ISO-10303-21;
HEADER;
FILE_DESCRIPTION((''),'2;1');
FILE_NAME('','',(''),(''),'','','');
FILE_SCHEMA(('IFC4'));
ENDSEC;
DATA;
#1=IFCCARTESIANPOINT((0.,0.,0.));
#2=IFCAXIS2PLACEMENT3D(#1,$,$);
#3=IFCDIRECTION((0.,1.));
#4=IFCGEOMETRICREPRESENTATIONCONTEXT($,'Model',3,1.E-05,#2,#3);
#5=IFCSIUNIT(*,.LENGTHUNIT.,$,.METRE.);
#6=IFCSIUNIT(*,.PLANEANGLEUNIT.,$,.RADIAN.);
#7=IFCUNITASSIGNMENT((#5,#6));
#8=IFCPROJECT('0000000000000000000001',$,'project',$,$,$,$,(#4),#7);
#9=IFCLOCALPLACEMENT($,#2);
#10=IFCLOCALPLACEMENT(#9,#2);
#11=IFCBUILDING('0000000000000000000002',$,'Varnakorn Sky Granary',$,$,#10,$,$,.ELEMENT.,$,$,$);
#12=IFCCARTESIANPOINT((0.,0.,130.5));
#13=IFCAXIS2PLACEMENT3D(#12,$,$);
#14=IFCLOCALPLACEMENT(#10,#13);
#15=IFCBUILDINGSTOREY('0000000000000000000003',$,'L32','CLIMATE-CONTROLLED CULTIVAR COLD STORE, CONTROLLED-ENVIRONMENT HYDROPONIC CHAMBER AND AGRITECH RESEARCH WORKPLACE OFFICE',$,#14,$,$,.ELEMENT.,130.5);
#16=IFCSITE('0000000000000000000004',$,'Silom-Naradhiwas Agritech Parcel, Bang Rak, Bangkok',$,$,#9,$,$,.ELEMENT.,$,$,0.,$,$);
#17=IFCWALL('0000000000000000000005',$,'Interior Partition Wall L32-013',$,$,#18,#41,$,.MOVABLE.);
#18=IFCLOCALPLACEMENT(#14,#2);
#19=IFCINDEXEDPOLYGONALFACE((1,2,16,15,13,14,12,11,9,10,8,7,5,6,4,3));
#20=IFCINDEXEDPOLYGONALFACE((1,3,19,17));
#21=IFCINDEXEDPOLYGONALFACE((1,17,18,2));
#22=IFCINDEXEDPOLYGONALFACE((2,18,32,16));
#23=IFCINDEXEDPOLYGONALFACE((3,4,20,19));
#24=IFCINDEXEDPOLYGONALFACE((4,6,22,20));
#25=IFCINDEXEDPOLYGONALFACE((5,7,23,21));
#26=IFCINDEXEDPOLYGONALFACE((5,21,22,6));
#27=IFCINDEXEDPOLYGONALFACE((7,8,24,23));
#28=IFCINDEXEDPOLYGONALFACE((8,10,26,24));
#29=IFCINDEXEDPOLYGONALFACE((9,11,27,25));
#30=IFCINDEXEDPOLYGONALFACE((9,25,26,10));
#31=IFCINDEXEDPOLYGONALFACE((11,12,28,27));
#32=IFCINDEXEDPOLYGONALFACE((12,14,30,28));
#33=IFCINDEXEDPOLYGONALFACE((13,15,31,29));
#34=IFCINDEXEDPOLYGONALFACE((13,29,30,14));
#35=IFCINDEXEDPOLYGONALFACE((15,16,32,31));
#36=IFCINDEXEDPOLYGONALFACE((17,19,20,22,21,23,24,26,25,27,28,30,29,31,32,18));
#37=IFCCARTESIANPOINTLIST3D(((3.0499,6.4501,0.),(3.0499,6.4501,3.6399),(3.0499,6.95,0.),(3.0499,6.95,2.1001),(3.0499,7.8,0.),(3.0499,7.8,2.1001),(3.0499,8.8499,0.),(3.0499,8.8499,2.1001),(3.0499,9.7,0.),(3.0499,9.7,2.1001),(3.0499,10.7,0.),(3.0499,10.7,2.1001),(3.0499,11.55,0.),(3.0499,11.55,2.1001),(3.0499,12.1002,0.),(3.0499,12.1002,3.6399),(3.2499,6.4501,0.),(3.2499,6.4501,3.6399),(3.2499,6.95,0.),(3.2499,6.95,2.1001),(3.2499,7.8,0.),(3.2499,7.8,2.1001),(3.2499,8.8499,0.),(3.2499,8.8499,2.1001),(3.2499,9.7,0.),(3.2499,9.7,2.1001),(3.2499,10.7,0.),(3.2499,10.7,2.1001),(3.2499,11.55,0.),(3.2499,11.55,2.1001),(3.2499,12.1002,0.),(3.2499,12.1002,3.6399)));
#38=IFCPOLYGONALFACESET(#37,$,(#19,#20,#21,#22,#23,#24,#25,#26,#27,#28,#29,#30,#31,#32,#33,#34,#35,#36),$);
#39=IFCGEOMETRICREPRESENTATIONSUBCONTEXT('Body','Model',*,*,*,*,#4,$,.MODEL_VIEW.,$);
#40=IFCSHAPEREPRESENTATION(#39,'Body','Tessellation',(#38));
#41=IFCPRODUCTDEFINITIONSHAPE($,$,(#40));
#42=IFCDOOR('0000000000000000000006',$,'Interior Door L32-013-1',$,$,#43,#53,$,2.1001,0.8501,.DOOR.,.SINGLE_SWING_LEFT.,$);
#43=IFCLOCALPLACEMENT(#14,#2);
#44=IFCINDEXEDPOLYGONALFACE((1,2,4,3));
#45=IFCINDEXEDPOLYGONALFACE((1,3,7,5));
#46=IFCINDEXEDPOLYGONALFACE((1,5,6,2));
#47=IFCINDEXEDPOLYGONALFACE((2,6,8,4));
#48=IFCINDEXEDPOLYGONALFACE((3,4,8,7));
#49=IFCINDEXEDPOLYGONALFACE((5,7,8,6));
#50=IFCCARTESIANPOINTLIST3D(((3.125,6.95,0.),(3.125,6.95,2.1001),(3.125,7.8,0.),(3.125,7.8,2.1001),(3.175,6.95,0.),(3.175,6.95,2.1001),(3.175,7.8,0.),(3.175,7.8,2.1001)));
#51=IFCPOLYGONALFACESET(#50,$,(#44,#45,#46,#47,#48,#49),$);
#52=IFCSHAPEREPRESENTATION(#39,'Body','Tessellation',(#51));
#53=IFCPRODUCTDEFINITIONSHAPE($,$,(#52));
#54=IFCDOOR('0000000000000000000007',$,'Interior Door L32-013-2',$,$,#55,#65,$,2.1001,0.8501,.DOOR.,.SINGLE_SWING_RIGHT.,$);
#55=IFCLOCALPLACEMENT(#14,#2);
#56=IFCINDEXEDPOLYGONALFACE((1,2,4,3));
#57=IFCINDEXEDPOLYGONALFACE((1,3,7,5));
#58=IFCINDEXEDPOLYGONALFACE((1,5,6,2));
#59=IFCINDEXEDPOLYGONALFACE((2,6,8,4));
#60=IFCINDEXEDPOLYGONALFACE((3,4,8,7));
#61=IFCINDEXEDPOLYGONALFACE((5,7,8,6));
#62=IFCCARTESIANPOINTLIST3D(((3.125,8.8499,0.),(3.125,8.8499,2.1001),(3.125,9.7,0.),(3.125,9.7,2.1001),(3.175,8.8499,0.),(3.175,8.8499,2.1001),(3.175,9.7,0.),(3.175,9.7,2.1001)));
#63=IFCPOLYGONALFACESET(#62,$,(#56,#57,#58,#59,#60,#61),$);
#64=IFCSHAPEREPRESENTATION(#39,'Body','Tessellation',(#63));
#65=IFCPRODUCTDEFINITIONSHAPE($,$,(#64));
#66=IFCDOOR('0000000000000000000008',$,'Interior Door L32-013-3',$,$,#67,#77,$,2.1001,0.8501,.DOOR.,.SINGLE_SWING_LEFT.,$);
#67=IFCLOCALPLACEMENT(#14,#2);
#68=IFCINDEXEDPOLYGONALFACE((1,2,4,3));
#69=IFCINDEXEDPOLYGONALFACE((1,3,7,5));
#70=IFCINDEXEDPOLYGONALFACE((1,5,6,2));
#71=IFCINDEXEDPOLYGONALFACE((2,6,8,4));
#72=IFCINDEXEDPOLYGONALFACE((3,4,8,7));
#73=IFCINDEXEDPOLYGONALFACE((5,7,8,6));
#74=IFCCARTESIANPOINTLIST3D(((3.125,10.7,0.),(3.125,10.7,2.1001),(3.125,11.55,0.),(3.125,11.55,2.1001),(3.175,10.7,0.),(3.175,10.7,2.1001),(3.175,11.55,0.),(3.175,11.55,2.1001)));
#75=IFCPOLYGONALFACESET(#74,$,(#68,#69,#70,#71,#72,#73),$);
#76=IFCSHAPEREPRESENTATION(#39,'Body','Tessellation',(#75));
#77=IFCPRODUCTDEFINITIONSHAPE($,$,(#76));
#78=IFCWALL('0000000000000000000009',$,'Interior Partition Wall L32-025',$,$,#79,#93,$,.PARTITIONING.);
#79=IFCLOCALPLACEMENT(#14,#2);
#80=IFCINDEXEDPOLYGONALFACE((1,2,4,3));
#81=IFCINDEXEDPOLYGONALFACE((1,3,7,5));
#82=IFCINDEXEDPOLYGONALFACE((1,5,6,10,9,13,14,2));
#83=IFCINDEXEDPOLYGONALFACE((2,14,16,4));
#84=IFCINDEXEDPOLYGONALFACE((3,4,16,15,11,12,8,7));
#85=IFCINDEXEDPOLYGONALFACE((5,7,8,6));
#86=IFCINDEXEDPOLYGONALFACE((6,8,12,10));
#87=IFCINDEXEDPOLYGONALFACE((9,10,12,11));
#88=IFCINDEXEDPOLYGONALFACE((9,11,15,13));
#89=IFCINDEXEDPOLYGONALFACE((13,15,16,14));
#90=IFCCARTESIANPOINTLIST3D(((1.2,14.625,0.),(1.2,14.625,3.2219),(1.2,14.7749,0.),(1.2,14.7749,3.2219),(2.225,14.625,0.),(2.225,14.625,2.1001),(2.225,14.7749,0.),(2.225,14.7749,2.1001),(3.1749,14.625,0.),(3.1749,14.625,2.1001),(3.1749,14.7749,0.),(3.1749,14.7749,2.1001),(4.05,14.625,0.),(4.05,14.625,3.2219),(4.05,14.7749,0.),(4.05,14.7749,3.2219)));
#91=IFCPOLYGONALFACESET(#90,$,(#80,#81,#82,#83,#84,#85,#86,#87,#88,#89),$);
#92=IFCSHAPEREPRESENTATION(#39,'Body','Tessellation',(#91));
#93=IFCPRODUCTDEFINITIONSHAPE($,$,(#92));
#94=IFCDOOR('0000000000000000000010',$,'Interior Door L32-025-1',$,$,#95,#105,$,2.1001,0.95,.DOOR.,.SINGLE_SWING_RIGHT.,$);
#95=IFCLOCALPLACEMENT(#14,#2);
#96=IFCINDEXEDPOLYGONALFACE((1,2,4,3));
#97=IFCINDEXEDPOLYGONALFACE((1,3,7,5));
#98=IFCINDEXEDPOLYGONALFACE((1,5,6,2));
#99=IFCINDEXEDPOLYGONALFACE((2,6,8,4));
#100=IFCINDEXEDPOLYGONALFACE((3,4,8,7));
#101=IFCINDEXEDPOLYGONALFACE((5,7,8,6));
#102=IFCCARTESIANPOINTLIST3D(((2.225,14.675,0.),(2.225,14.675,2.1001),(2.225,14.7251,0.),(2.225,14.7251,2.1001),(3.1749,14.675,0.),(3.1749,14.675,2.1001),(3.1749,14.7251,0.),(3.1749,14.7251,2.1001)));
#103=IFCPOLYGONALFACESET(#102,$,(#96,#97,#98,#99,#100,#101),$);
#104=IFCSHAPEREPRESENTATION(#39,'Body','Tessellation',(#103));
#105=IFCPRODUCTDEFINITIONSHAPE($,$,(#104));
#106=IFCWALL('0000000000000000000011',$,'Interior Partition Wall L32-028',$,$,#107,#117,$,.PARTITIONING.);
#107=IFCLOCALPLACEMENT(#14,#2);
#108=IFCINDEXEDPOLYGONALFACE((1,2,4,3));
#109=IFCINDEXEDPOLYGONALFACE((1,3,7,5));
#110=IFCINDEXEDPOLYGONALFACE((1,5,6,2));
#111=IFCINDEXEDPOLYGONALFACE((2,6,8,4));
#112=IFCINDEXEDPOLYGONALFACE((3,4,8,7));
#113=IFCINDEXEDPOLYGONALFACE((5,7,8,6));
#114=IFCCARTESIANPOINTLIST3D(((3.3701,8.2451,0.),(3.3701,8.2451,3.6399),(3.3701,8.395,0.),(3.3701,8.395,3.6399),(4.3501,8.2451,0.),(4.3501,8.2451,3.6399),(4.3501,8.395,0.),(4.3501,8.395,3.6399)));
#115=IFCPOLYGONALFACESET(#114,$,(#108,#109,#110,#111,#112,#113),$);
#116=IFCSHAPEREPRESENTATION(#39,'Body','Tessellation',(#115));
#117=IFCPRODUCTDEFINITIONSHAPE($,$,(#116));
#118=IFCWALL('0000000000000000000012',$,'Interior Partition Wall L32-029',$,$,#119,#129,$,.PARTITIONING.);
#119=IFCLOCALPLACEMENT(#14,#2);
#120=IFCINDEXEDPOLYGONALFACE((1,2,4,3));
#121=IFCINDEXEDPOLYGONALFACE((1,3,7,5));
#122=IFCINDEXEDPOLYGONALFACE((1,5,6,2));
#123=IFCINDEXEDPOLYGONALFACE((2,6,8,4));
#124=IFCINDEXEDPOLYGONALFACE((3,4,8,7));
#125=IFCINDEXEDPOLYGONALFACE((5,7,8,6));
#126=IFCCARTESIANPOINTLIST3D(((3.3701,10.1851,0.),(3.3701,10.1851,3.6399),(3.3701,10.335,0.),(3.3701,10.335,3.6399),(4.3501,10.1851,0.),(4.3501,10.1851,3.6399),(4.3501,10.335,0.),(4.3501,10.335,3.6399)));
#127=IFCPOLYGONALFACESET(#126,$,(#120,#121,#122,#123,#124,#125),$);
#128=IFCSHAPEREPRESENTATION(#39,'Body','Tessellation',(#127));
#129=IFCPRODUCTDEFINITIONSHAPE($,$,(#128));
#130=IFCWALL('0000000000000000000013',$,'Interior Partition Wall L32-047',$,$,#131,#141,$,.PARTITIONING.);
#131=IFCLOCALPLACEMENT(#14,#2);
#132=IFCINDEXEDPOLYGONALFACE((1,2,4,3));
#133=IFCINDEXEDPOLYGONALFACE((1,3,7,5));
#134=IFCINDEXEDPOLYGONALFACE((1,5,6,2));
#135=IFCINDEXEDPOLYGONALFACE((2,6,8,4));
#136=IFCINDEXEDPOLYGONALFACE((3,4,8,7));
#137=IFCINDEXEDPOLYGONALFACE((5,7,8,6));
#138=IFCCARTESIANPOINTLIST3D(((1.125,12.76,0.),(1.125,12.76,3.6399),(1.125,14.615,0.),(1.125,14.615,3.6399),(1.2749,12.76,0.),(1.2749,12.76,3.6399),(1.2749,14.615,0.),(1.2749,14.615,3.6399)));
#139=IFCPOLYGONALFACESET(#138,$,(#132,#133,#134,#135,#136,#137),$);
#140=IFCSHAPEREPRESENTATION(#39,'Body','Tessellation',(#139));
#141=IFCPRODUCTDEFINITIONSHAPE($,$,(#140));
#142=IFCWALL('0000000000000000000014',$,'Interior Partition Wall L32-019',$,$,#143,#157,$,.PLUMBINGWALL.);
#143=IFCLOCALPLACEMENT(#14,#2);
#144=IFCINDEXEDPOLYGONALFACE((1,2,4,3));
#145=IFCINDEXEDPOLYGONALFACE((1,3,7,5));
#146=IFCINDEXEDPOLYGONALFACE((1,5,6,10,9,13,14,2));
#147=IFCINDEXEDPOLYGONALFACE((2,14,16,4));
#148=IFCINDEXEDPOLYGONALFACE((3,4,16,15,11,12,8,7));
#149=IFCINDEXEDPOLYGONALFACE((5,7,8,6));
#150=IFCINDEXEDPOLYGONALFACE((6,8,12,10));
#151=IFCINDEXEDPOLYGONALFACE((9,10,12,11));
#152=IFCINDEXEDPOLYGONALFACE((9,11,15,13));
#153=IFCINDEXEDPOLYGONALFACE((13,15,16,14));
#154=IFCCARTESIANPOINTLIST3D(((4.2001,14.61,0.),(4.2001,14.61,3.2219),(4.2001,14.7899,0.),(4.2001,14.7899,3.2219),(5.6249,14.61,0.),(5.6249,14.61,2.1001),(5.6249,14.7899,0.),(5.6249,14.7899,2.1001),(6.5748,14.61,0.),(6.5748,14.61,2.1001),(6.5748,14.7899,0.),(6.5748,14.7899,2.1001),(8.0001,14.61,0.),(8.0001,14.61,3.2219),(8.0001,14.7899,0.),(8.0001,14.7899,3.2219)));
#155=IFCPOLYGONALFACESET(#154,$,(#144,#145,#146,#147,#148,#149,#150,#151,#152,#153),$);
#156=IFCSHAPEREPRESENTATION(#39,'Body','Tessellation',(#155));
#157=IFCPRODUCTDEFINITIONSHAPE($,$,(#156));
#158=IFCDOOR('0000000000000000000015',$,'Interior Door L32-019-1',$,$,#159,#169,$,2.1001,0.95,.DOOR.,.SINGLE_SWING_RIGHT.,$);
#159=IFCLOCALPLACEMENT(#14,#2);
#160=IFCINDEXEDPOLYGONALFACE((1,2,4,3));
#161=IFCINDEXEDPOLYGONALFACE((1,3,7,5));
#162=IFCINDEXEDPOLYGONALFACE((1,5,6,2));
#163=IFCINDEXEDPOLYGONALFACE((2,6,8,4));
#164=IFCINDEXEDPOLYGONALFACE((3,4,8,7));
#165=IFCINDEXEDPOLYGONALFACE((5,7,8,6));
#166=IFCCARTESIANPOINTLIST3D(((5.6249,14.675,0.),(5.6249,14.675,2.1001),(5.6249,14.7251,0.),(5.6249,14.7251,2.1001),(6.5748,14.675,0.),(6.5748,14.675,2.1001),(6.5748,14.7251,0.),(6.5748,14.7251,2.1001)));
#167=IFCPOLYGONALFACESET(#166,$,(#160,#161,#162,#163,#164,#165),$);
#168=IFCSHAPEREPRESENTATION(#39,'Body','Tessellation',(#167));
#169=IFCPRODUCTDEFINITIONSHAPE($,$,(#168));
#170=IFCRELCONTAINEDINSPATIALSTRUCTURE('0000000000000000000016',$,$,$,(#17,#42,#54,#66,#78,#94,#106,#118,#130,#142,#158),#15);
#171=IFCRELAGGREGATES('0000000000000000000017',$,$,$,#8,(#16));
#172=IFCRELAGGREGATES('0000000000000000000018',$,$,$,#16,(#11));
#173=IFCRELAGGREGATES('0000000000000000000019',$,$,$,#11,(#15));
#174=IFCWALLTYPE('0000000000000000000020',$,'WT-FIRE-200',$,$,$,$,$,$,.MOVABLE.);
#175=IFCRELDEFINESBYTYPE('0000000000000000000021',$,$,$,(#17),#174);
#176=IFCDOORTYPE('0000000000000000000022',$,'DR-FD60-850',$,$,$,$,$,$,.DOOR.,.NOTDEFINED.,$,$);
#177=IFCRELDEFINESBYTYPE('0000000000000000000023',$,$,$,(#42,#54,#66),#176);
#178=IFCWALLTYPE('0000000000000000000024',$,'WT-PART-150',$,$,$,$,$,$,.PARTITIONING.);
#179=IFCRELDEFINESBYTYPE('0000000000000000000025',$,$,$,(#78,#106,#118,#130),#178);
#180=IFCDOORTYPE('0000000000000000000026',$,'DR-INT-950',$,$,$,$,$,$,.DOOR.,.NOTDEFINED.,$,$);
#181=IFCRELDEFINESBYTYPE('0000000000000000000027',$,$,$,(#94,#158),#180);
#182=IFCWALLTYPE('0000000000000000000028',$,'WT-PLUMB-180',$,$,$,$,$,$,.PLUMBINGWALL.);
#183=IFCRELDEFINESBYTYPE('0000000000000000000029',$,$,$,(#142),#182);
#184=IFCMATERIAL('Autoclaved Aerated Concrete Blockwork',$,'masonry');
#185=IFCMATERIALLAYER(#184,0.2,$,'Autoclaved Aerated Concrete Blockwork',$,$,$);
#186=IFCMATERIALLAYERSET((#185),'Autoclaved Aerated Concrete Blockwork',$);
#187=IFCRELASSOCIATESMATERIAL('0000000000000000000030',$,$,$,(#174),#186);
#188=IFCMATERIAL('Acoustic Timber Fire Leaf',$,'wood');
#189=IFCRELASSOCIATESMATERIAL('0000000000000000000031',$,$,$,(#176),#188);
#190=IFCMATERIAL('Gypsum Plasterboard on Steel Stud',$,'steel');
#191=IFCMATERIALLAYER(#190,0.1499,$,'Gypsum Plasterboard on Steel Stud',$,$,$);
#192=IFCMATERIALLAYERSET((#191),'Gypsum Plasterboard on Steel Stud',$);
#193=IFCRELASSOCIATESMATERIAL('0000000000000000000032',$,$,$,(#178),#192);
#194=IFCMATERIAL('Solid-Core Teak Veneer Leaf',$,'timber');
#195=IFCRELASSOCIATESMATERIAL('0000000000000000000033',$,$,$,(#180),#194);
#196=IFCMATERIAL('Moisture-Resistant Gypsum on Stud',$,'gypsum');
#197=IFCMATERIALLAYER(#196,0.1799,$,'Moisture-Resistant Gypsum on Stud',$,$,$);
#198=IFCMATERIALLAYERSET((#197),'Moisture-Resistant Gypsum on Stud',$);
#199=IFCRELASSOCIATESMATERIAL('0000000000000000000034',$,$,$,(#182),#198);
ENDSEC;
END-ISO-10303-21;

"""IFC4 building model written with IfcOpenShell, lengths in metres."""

from ifc_helpers import new_model, si_unit, direction, frame, frame_2d, origin, place, context, subcontext, project, spatial, rectangle, extrude, material, layer, layer_set, type_object, element, fill, save


model = new_model("IFC4")

# Units and contexts
model_context = context("Model", 3, precision=1e-05, world=origin(), true_north=direction((0.0, 1.0)))
body_context = subcontext(model_context, "Body", "Model", "MODEL_VIEW")
ifc_project = project(units=[si_unit("LENGTHUNIT", "METRE"), si_unit("PLANEANGLEUNIT", "RADIAN")], contexts=[model_context])

# Site, building, storey
site_placement = place(None, origin())
site = spatial("IfcSite", under=ifc_project, at=site_placement, Name="Silom-Naradhiwas Agritech Parcel, Bang Rak, Bangkok", CompositionType="ELEMENT", RefElevation=0.0)
building_placement = place(site_placement, origin())
building = spatial("IfcBuilding", under=site, at=building_placement, Name="Varnakorn Sky Granary", CompositionType="ELEMENT")
storey_placement = place(building_placement, frame((0.0, 0.0, 130.5)))
storey = spatial("IfcBuildingStorey", under=building, at=storey_placement, Name="L32", Description="CLIMATE-CONTROLLED CULTIVAR COLD STORE, CONTROLLED-ENVIRONMENT HYDROPONIC CHAMBER AND AGRITECH RESEARCH WORKPLACE OFFICE", CompositionType="ELEMENT", Elevation=130.5)

# Wall, openings, doors
ifc_material_1 = material(Name="Autoclaved Aerated Concrete Blockwork", Category="masonry")
ifc_layer_1 = layer(ifc_material_1, 0.2, Name="Autoclaved Aerated Concrete Blockwork")
ifc_layer_set_1 = layer_set([ifc_layer_1], Name="Autoclaved Aerated Concrete Blockwork")
wall_type_1 = type_object("IfcWallType", Name="WT-FIRE-200", PredefinedType="MOVABLE", material=ifc_layer_set_1)
wall_1_placement = place(storey_placement, frame((3.1499, 6.45, 0.0), z_axis=(0.0, 0.0, 1.0), x_axis=(0.0, 1.0, 0.0)))
wall_1 = element("IfcWall", 1, at=wall_1_placement, inside=storey, type_object=wall_type_1, Name="Interior Partition Wall L32-013", PredefinedType="MOVABLE", context=body_context, shape_type="SweptSolid", body=[
    extrude(rectangle(XDim=5.6501, YDim=0.2, at=frame_2d((2.8252, 0.0))), origin(), (0.0, 0.0, 1.0), 3.6399),
])
opening_1_placement = place(wall_1_placement, frame((0.5, 0.0, 0.0)))
opening_1 = element("IfcOpeningElement", 2, at=opening_1_placement, cuts=wall_1, PredefinedType="OPENING", context=body_context, shape_type="SweptSolid", body=[
    extrude(rectangle(XDim=0.8501, YDim=2.1001, at=frame_2d((0.425, 1.05))), frame((0.0, 0.1099, 0.0), z_axis=(0.0, -1.0, 0.0), x_axis=(1.0, 0.0, 0.0)), (0.0, 0.0, 1.0), 0.22),
])
opening_2_placement = place(wall_1_placement, frame((2.3999, 0.0, 0.0)))
opening_2 = element("IfcOpeningElement", 3, at=opening_2_placement, cuts=wall_1, PredefinedType="OPENING", context=body_context, shape_type="SweptSolid", body=[
    extrude(rectangle(XDim=0.8501, YDim=2.1001, at=frame_2d((0.425, 1.05))), frame((0.0, 0.1099, 0.0), z_axis=(0.0, -1.0, 0.0), x_axis=(1.0, 0.0, 0.0)), (0.0, 0.0, 1.0), 0.22),
])
opening_3_placement = place(wall_1_placement, frame((4.25, 0.0, 0.0)))
opening_3 = element("IfcOpeningElement", 4, at=opening_3_placement, cuts=wall_1, PredefinedType="OPENING", context=body_context, shape_type="SweptSolid", body=[
    extrude(rectangle(XDim=0.8501, YDim=2.1001, at=frame_2d((0.425, 1.05))), frame((0.0, 0.1099, 0.0), z_axis=(0.0, -1.0, 0.0), x_axis=(1.0, 0.0, 0.0)), (0.0, 0.0, 1.0), 0.22),
])
ifc_material_2 = material(Name="Acoustic Timber Fire Leaf", Category="wood")
door_type_1 = type_object("IfcDoorType", Name="DR-FD60-850", OperationType="NOTDEFINED", PredefinedType="DOOR", material=ifc_material_2)
door_1_placement = place(opening_1_placement, origin())
door_1 = element("IfcDoor", 5, at=door_1_placement, inside=storey, type_object=door_type_1, Name="Interior Door L32-013-1", OperationType="SINGLE_SWING_LEFT", OverallHeight=2.1001, OverallWidth=0.8501, PredefinedType="DOOR", context=body_context, shape_type="SweptSolid", body=[
    extrude(rectangle(XDim=0.8501, YDim=2.1001, at=frame_2d((0.425, 1.05))), frame((0.0, 0.0249, 0.0), z_axis=(0.0, -1.0, 0.0), x_axis=(1.0, 0.0, 0.0)), (0.0, 0.0, 1.0), 0.05),
])
fill(opening_1, door_1)
door_2_placement = place(opening_2_placement, origin())
door_2 = element("IfcDoor", 6, at=door_2_placement, inside=storey, type_object=door_type_1, Name="Interior Door L32-013-2", OperationType="SINGLE_SWING_RIGHT", OverallHeight=2.1001, OverallWidth=0.8501, PredefinedType="DOOR", context=body_context, shape_type="SweptSolid", body=[
    extrude(rectangle(XDim=0.8501, YDim=2.1001, at=frame_2d((0.425, 1.05))), frame((0.0, 0.0249, 0.0), z_axis=(0.0, -1.0, 0.0), x_axis=(1.0, 0.0, 0.0)), (0.0, 0.0, 1.0), 0.05),
])
fill(opening_2, door_2)
door_3_placement = place(opening_3_placement, origin())
door_3 = element("IfcDoor", 7, at=door_3_placement, inside=storey, type_object=door_type_1, Name="Interior Door L32-013-3", OperationType="SINGLE_SWING_LEFT", OverallHeight=2.1001, OverallWidth=0.8501, PredefinedType="DOOR", context=body_context, shape_type="SweptSolid", body=[
    extrude(rectangle(XDim=0.8501, YDim=2.1001, at=frame_2d((0.425, 1.05))), frame((0.0, 0.0249, 0.0), z_axis=(0.0, -1.0, 0.0), x_axis=(1.0, 0.0, 0.0)), (0.0, 0.0, 1.0), 0.05),
])
fill(opening_3, door_3)

# Wall, opening, door
ifc_material_3 = material(Name="Gypsum Plasterboard on Steel Stud", Category="steel")
ifc_layer_2 = layer(ifc_material_3, 0.1499, Name="Gypsum Plasterboard on Steel Stud")
ifc_layer_set_2 = layer_set([ifc_layer_2], Name="Gypsum Plasterboard on Steel Stud")
wall_type_2 = type_object("IfcWallType", Name="WT-PART-150", PredefinedType="PARTITIONING", material=ifc_layer_set_2)
wall_2_placement = place(storey_placement, frame((4.05, 14.7, 0.0), z_axis=(0.0, 0.0, 1.0), x_axis=(-1.0, 0.0, 0.0)))
wall_2 = element("IfcWall", 8, at=wall_2_placement, inside=storey, type_object=wall_type_2, Name="Interior Partition Wall L32-025", PredefinedType="PARTITIONING", context=body_context, shape_type="SweptSolid", body=[
    extrude(rectangle(XDim=2.8501, YDim=0.1499, at=frame_2d((1.425, 0.0))), origin(), (0.0, 0.0, 1.0), 3.2219),
])
opening_4_placement = place(wall_2_placement, frame((0.875, 0.0, 0.0)))
opening_4 = element("IfcOpeningElement", 9, at=opening_4_placement, cuts=wall_2, PredefinedType="OPENING", context=body_context, shape_type="SweptSolid", body=[
    extrude(rectangle(XDim=0.95, YDim=2.1001, at=frame_2d((0.4751, 1.05))), frame((0.0, 0.085, 0.0), z_axis=(0.0, -1.0, 0.0), x_axis=(1.0, 0.0, 0.0)), (0.0, 0.0, 1.0), 0.1699),
])
ifc_material_4 = material(Name="Solid-Core Teak Veneer Leaf", Category="timber")
door_type_2 = type_object("IfcDoorType", Name="DR-INT-950", OperationType="NOTDEFINED", PredefinedType="DOOR", material=ifc_material_4)
door_4_placement = place(opening_4_placement, origin())
door_4 = element("IfcDoor", 10, at=door_4_placement, inside=storey, type_object=door_type_2, Name="Interior Door L32-025-1", OperationType="SINGLE_SWING_RIGHT", OverallHeight=2.1001, OverallWidth=0.95, PredefinedType="DOOR", context=body_context, shape_type="SweptSolid", body=[
    extrude(rectangle(XDim=0.95, YDim=2.1001, at=frame_2d((0.4751, 1.05))), frame((0.0, 0.0249, 0.0), z_axis=(0.0, -1.0, 0.0), x_axis=(1.0, 0.0, 0.0)), (0.0, 0.0, 1.0), 0.05),
])
fill(opening_4, door_4)

# Walls
for number, where, z_axis, x_axis, name in (
    (11, (3.3701, 8.3201, 0.0), (0.0, 0.0, 1.0), (1.0, 0.0, 0.0), "Interior Partition Wall L32-028"),
    (12, (3.3701, 10.26, 0.0), (0.0, 0.0, 1.0), (1.0, 0.0, 0.0), "Interior Partition Wall L32-029"),
):
    element("IfcWall", number, at=place(storey_placement, frame(where, z_axis=z_axis, x_axis=x_axis)), inside=storey, type_object=wall_type_2, Name=name, PredefinedType="PARTITIONING", context=body_context, shape_type="SweptSolid", body=[
        extrude(rectangle(XDim=0.98, YDim=0.1499, at=frame_2d((0.49, 0.0))), origin(), (0.0, 0.0, 1.0), 3.6399),
    ])
wall_3_placement = place(storey_placement, frame((1.2, 14.615, 0.0), z_axis=(0.0, 0.0, 1.0), x_axis=(0.0, -1.0, 0.0)))
element("IfcWall", 13, at=wall_3_placement, inside=storey, type_object=wall_type_2, Name="Interior Partition Wall L32-047", PredefinedType="PARTITIONING", context=body_context, shape_type="SweptSolid", body=[
    extrude(rectangle(XDim=1.855, YDim=0.1499, at=frame_2d((0.9275, 0.0))), origin(), (0.0, 0.0, 1.0), 3.6399),
])

# Wall, opening, door
ifc_material_5 = material(Name="Moisture-Resistant Gypsum on Stud", Category="gypsum")
ifc_layer_3 = layer(ifc_material_5, 0.1799, Name="Moisture-Resistant Gypsum on Stud")
ifc_layer_set_3 = layer_set([ifc_layer_3], Name="Moisture-Resistant Gypsum on Stud")
wall_type_3 = type_object("IfcWallType", Name="WT-PLUMB-180", PredefinedType="PLUMBINGWALL", material=ifc_layer_set_3)
wall_4_placement = place(storey_placement, frame((8.0, 14.7, 0.0), z_axis=(0.0, 0.0, 1.0), x_axis=(-1.0, 0.0, 0.0)))
wall_4 = element("IfcWall", 14, at=wall_4_placement, inside=storey, type_object=wall_type_3, Name="Interior Partition Wall L32-019", PredefinedType="PLUMBINGWALL", context=body_context, shape_type="SweptSolid", body=[
    extrude(rectangle(XDim=3.8, YDim=0.1799, at=frame_2d((1.8999, 0.0))), origin(), (0.0, 0.0, 1.0), 3.2219),
])
opening_5_placement = place(wall_4_placement, frame((1.425, 0.0, 0.0)))
opening_5 = element("IfcOpeningElement", 15, at=opening_5_placement, cuts=wall_4, PredefinedType="OPENING", context=body_context, shape_type="SweptSolid", body=[
    extrude(rectangle(XDim=0.95, YDim=2.1001, at=frame_2d((0.4751, 1.05))), frame((0.0, 0.1001, 0.0), z_axis=(0.0, -1.0, 0.0), x_axis=(1.0, 0.0, 0.0)), (0.0, 0.0, 1.0), 0.2),
])
door_5_placement = place(opening_5_placement, origin())
door_5 = element("IfcDoor", 16, at=door_5_placement, inside=storey, type_object=door_type_2, Name="Interior Door L32-019-1", OperationType="SINGLE_SWING_RIGHT", OverallHeight=2.1001, OverallWidth=0.95, PredefinedType="DOOR", context=body_context, shape_type="SweptSolid", body=[
    extrude(rectangle(XDim=0.95, YDim=2.1001, at=frame_2d((0.4751, 1.05))), frame((0.0, 0.0249, 0.0), z_axis=(0.0, -1.0, 0.0), x_axis=(1.0, 0.0, 0.0)), (0.0, 0.0, 1.0), 0.05),
])
fill(opening_5, door_5)

save(model, "model.ifc")
